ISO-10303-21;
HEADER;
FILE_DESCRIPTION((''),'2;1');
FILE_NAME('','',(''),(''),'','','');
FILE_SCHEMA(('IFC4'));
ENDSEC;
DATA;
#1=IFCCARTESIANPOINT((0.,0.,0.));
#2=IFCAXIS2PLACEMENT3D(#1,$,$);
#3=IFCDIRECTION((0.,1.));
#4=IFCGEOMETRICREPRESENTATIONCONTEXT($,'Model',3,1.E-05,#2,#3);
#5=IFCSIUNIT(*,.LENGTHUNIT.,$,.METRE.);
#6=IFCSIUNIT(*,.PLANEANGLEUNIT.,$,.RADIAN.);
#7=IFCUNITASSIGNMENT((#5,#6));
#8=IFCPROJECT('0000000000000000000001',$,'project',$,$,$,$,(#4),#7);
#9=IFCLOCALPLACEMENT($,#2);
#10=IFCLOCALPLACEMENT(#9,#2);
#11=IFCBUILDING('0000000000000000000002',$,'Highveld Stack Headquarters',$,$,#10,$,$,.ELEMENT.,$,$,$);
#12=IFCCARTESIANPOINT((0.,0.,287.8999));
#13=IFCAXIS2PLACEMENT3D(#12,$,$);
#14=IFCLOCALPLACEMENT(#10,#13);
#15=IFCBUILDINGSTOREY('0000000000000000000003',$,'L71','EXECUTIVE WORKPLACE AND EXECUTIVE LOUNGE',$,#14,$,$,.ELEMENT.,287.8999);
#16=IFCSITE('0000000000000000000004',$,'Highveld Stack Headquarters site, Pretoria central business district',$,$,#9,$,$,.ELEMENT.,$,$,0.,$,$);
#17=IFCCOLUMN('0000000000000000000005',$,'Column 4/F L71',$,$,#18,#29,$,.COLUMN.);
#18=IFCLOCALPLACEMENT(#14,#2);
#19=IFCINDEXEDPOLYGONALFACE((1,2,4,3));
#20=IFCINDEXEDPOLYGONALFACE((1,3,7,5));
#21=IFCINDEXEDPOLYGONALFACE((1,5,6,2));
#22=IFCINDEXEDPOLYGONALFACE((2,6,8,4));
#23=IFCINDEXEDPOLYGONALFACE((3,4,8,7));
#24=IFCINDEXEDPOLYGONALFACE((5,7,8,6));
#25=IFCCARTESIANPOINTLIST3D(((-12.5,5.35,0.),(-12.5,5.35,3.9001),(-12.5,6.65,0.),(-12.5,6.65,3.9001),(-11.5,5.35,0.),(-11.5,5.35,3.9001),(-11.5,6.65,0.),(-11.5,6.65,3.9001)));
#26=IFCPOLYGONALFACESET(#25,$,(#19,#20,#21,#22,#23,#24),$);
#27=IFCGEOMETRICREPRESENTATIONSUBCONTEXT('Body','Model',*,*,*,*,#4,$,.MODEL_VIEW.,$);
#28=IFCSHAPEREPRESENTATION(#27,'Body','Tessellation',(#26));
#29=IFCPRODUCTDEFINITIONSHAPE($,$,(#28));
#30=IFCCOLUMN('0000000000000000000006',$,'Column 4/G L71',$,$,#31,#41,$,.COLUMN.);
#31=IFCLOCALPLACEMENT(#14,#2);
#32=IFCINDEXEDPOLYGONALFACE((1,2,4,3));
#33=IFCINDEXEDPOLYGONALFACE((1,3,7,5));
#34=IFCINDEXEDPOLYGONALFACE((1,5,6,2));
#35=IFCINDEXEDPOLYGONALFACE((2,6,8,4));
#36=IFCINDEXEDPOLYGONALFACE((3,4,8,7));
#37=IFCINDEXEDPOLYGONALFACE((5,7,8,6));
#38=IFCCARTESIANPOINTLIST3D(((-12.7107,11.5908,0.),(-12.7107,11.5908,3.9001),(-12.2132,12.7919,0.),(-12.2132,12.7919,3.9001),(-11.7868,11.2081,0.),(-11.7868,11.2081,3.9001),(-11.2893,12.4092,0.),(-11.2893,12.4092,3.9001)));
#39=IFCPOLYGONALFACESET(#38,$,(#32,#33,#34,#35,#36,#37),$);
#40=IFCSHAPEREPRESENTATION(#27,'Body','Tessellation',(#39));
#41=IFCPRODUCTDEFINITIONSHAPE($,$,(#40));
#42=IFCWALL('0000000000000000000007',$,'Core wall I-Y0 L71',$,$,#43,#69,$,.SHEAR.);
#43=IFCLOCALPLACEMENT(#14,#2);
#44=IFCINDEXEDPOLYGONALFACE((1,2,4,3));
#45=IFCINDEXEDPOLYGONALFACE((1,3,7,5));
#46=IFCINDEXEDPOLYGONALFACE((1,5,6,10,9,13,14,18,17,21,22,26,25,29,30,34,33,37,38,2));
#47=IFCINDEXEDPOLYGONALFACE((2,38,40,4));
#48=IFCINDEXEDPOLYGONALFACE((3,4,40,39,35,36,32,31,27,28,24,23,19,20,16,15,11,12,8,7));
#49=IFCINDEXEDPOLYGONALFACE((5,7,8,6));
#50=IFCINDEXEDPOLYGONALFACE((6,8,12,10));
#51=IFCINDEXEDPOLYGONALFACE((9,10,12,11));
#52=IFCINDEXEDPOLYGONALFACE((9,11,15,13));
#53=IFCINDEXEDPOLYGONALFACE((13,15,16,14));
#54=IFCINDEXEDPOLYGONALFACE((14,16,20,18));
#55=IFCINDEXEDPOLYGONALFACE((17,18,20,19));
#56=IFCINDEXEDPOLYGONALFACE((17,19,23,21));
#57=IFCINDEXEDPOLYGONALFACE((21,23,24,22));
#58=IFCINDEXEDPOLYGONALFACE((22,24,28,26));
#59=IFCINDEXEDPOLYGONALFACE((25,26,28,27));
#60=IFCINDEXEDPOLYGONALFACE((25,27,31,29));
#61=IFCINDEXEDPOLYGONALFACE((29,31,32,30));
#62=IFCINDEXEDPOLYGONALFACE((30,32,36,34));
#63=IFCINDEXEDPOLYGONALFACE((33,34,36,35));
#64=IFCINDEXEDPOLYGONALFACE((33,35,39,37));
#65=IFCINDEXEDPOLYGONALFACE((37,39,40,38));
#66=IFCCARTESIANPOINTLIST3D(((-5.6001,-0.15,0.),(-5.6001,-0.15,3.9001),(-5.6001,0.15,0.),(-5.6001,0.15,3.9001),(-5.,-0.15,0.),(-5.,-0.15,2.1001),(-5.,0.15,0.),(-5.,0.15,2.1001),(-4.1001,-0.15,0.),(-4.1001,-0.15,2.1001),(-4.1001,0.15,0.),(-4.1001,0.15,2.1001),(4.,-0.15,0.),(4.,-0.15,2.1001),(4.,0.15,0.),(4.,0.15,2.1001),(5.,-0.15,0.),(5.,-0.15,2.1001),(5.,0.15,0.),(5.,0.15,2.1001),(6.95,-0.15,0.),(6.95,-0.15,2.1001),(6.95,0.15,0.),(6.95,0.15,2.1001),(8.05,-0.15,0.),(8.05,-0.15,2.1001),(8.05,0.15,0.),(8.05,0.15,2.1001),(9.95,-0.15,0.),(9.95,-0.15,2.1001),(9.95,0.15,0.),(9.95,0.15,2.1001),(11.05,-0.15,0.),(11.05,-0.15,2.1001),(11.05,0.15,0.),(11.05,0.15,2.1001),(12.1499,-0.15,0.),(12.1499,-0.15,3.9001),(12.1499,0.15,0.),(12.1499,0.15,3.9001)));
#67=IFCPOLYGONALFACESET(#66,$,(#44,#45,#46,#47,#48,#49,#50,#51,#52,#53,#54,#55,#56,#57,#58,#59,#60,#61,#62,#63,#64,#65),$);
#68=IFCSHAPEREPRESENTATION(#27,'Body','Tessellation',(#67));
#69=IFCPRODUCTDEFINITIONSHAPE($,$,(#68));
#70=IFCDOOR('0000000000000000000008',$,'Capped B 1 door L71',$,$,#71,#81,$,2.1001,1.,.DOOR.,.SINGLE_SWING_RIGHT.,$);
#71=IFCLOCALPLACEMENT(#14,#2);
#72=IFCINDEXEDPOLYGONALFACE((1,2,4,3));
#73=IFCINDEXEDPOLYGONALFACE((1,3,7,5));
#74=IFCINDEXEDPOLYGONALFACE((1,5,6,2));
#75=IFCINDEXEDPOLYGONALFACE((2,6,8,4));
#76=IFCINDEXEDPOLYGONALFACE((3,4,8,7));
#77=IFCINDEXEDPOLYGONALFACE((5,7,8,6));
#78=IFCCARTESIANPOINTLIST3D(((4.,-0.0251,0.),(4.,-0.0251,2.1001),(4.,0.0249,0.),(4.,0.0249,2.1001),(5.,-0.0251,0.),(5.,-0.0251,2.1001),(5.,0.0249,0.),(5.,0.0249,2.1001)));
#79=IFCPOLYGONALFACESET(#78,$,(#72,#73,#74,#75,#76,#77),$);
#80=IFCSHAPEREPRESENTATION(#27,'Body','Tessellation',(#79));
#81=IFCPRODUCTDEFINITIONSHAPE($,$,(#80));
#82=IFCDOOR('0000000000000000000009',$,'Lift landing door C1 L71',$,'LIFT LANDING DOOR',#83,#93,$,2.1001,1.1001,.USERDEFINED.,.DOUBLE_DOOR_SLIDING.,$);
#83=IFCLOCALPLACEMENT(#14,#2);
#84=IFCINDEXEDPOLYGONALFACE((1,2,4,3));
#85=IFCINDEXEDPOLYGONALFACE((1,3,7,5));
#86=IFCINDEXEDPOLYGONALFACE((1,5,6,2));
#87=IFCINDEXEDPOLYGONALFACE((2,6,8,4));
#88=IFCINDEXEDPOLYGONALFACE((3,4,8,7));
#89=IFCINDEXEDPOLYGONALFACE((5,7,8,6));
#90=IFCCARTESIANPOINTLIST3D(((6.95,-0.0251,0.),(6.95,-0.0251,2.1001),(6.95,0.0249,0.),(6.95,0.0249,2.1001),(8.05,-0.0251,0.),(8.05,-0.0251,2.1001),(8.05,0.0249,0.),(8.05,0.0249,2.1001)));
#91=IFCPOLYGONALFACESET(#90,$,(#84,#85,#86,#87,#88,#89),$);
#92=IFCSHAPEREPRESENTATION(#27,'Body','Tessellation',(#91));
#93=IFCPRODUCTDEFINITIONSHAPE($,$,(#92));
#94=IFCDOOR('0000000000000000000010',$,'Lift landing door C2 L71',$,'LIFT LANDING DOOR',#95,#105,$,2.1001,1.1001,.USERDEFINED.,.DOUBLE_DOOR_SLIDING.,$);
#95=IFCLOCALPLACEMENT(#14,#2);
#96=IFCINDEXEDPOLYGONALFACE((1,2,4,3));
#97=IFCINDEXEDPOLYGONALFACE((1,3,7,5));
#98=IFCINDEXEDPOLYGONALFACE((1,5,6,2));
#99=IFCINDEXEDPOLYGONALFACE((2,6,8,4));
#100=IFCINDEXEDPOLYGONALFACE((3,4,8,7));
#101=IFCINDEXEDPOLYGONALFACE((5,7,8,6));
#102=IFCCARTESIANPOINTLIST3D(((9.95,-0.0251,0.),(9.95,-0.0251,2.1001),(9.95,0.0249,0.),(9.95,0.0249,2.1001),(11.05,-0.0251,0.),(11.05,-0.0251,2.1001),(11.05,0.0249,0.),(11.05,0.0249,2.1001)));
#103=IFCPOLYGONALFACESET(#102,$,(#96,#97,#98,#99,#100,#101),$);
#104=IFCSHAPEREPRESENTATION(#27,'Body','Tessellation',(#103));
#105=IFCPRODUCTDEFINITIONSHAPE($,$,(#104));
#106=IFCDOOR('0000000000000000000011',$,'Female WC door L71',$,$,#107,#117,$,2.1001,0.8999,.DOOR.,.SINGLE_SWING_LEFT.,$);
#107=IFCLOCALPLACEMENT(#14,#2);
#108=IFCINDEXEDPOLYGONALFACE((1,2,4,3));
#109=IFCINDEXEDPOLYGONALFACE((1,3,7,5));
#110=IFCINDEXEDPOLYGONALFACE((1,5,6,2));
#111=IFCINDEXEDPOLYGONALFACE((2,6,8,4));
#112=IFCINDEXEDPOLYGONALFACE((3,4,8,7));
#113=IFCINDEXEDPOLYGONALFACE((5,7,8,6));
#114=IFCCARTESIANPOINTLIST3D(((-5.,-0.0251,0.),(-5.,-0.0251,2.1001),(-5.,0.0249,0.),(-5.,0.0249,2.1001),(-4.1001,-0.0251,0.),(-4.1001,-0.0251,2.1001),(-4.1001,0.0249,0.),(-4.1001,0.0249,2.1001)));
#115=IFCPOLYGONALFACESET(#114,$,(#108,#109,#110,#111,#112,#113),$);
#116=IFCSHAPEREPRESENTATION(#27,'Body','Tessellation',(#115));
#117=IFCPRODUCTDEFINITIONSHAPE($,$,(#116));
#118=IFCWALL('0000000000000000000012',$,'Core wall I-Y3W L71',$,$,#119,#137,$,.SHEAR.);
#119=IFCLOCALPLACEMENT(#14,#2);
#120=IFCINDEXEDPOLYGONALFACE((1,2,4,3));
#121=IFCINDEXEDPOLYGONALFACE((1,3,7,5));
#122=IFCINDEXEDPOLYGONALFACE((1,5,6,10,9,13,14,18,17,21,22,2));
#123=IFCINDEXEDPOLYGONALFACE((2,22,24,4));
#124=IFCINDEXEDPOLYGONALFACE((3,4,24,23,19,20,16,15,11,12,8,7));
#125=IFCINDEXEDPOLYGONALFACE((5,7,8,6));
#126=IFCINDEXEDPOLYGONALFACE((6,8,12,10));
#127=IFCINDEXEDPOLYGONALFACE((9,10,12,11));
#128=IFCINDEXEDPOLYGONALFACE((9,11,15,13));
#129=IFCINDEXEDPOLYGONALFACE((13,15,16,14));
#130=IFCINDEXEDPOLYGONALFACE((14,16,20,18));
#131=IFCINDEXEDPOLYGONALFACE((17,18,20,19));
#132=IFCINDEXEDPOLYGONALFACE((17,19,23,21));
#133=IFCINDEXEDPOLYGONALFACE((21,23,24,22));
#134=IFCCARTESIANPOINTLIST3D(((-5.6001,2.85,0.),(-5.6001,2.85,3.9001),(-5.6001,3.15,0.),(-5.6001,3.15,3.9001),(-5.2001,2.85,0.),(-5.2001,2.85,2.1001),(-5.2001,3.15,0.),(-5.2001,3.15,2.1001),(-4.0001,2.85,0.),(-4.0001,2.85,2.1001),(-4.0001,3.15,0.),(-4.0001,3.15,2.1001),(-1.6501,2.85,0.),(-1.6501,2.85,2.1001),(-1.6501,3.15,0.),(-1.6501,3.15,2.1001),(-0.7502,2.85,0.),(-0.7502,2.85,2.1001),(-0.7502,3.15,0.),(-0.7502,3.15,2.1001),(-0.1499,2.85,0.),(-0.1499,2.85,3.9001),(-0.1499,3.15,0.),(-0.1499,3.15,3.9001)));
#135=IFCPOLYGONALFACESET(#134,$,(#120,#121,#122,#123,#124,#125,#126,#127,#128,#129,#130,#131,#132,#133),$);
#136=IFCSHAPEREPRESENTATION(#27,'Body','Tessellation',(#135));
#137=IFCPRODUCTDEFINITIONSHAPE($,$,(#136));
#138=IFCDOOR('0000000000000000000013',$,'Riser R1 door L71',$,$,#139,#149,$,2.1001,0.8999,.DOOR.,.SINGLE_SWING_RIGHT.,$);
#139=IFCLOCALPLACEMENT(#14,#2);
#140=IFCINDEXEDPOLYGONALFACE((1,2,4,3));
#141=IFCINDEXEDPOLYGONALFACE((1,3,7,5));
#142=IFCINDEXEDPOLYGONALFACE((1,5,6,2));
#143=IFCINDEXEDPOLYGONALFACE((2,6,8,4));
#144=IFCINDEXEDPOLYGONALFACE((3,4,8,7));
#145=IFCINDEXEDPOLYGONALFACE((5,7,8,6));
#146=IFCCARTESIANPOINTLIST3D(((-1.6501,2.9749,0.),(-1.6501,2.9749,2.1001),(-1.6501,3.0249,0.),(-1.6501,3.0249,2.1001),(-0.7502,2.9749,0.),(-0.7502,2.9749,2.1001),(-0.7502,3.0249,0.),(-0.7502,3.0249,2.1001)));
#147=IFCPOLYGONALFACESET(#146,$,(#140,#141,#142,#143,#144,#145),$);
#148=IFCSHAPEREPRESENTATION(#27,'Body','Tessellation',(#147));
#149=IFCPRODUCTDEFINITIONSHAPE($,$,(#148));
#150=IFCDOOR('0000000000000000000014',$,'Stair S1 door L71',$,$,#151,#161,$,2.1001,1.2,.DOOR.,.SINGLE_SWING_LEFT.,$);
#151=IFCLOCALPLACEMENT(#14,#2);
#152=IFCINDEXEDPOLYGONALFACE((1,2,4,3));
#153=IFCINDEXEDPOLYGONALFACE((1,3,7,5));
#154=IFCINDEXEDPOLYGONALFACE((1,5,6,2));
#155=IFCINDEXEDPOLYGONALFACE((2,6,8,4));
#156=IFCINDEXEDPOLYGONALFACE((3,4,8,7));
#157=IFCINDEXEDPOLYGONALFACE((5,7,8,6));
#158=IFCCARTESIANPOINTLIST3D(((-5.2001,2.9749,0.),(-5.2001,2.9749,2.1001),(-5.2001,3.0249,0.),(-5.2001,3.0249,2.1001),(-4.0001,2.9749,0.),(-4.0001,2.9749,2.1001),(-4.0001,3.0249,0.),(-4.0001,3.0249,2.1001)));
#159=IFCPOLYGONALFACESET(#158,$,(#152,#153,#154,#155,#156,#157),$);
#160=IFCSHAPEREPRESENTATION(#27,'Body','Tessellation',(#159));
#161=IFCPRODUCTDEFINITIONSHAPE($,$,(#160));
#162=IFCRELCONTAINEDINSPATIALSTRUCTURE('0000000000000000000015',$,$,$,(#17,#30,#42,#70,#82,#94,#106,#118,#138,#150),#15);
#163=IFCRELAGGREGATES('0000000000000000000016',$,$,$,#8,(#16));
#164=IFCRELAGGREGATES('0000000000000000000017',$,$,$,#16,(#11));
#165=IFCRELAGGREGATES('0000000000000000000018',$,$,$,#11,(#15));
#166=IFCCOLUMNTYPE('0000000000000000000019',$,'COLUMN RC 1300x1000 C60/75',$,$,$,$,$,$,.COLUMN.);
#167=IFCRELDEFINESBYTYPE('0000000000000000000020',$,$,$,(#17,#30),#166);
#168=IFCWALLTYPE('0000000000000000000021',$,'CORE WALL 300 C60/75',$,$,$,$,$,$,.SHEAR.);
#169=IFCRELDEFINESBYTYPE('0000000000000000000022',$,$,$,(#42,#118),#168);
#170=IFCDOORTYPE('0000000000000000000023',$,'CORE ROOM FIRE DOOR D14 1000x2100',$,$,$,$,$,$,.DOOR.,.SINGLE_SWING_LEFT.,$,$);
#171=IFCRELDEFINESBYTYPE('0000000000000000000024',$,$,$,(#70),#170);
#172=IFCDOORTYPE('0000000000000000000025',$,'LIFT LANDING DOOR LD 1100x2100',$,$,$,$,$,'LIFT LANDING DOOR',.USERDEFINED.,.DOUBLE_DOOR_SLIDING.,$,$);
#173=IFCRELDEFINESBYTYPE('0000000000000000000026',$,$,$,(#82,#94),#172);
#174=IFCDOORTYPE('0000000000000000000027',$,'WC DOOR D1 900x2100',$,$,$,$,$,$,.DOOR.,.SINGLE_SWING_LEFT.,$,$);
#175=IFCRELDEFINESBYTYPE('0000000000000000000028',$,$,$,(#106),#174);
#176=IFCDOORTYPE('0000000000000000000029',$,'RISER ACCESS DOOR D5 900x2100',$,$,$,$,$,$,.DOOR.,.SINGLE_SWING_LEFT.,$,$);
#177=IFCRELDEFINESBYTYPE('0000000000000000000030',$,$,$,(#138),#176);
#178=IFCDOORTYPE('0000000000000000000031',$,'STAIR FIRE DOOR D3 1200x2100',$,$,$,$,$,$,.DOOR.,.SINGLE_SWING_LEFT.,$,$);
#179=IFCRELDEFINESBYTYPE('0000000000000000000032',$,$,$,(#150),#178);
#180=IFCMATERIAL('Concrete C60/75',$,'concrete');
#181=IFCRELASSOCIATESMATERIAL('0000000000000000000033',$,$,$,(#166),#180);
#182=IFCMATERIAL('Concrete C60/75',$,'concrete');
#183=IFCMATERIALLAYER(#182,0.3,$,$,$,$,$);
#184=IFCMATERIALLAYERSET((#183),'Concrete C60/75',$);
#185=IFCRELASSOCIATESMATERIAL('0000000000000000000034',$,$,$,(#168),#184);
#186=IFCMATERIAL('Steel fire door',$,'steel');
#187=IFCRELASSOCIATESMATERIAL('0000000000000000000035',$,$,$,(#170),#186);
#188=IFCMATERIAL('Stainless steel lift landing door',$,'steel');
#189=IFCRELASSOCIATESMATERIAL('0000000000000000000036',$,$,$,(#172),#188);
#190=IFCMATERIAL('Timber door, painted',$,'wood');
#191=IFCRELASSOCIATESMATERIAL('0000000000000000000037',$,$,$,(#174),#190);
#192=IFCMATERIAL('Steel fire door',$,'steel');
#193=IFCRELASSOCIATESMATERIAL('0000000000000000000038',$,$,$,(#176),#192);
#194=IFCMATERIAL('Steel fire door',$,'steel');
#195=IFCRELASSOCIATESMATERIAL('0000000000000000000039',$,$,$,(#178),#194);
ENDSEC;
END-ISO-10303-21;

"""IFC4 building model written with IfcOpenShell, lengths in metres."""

from ifc_helpers import new_model, si_unit, direction, frame, frame_2d, origin, origin_2d, place, context, subcontext, project, spatial, rectangle, extrude, material, layer, layer_set, material_profile, profile_set, type_object, element, fill, save


model = new_model("IFC4")

# Units and contexts
model_context = context("Model", 3, precision=1e-05, world=origin(), true_north=direction((0.0, 1.0)))
body_context = subcontext(model_context, "Body", "Model", "MODEL_VIEW")
ifc_project = project(units=[si_unit("LENGTHUNIT", "METRE"), si_unit("PLANEANGLEUNIT", "RADIAN")], contexts=[model_context])

# Site, building, storey
site_placement = place(None, origin())
site = spatial("IfcSite", under=ifc_project, at=site_placement, Name="Highveld Stack Headquarters site, Pretoria central business district", CompositionType="ELEMENT", RefElevation=0.0)
building_placement = place(site_placement, origin())
building = spatial("IfcBuilding", under=site, at=building_placement, Name="Highveld Stack Headquarters", CompositionType="ELEMENT")
storey_placement = place(building_placement, frame((0.0, 0.0, 287.8999)))
storey = spatial("IfcBuildingStorey", under=building, at=storey_placement, Name="L71", Description="EXECUTIVE WORKPLACE AND EXECUTIVE LOUNGE", CompositionType="ELEMENT", Elevation=287.8999)

# Columns
ifc_material_1 = material(Name="Concrete C60/75", Category="concrete")
ifc_material_profile = material_profile(ifc_material_1, rectangle(XDim=1.3, YDim=1.0, at=origin_2d()), Name="RC 1300x1000")
ifc_profile_set = profile_set([ifc_material_profile], Name="Concrete C60/75")
column_type = type_object("IfcColumnType", Name="COLUMN RC 1300x1000 C60/75", PredefinedType="COLUMN", material=ifc_profile_set)
for number, where, z_axis, x_axis, name in (
    (1, (-12.0, 6.0, 0.0), (0.0, 0.0, 1.0), (0.0, 1.0, 0.0), "Column 4/F L71"),
    (2, (-12.0, 12.0, 0.0), (0.0, 0.0, 1.0), (0.382683, 0.92388, 0.0), "Column 4/G L71"),
):
    element("IfcColumn", number, at=place(storey_placement, frame(where, z_axis=z_axis, x_axis=x_axis)), inside=storey, type_object=column_type, Name=name, PredefinedType="COLUMN", context=body_context, shape_type="SweptSolid", body=[
        extrude(rectangle(XDim=1.3, YDim=1.0, at=origin_2d()), origin(), (0.0, 0.0, 1.0), 3.9001),
    ])

# Walls, openings, doors
ifc_material_2 = material(Name="Concrete C60/75", Category="concrete")
ifc_layer = layer(ifc_material_2, 0.3)
ifc_layer_set = layer_set([ifc_layer], Name="Concrete C60/75")
wall_type = type_object("IfcWallType", Name="CORE WALL 300 C60/75", PredefinedType="SHEAR", material=ifc_layer_set)
wall_1_placement = place(storey_placement, frame((-5.6001, 0.0, 0.0), z_axis=(0.0, 0.0, 1.0), x_axis=(1.0, 0.0, 0.0)))
wall_1 = element("IfcWall", 3, at=wall_1_placement, inside=storey, type_object=wall_type, Name="Core wall I-Y0 L71", PredefinedType="SHEAR", context=body_context, shape_type="SweptSolid", body=[
    extrude(rectangle(XDim=17.75, YDim=0.3, at=frame_2d((8.875, 0.0))), origin(), (0.0, 0.0, 1.0), 3.9001),
])
opening_1_placement = place(wall_1_placement, frame((0.6001, 0.0, 0.0)))
opening_1 = element("IfcOpeningElement", 4, at=opening_1_placement, cuts=wall_1, PredefinedType="OPENING", context=body_context, shape_type="SweptSolid", body=[
    extrude(rectangle(XDim=0.8999, YDim=2.1001, at=frame_2d((0.45, 1.05))), frame((0.0, 0.1599, 0.0), z_axis=(0.0, -1.0, 0.0), x_axis=(1.0, 0.0, 0.0)), (0.0, 0.0, 1.0), 0.3201),
])
opening_2_placement = place(wall_1_placement, frame((9.6001, 0.0, 0.0)))
opening_2 = element("IfcOpeningElement", 5, at=opening_2_placement, cuts=wall_1, PredefinedType="OPENING", context=body_context, shape_type="SweptSolid", body=[
    extrude(rectangle(XDim=1.0, YDim=2.1001, at=frame_2d((0.5, 1.05))), frame((0.0, 0.1599, 0.0), z_axis=(0.0, -1.0, 0.0), x_axis=(1.0, 0.0, 0.0)), (0.0, 0.0, 1.0), 0.3201),
])
opening_3_placement = place(wall_1_placement, frame((12.55, 0.0, 0.0)))
opening_3 = element("IfcOpeningElement", 6, at=opening_3_placement, cuts=wall_1, PredefinedType="OPENING", context=body_context, shape_type="SweptSolid", body=[
    extrude(rectangle(XDim=1.1001, YDim=2.1001, at=frame_2d((0.55, 1.05))), frame((0.0, 0.1599, 0.0), z_axis=(0.0, -1.0, 0.0), x_axis=(1.0, 0.0, 0.0)), (0.0, 0.0, 1.0), 0.3201),
])
opening_4_placement = place(wall_1_placement, frame((15.55, 0.0, 0.0)))
opening_4 = element("IfcOpeningElement", 7, at=opening_4_placement, cuts=wall_1, PredefinedType="OPENING", context=body_context, shape_type="SweptSolid", body=[
    extrude(rectangle(XDim=1.1001, YDim=2.1001, at=frame_2d((0.55, 1.05))), frame((0.0, 0.1599, 0.0), z_axis=(0.0, -1.0, 0.0), x_axis=(1.0, 0.0, 0.0)), (0.0, 0.0, 1.0), 0.3201),
])
ifc_material_3 = material(Name="Steel fire door", Category="steel")
door_type_1 = type_object("IfcDoorType", Name="CORE ROOM FIRE DOOR D14 1000x2100", OperationType="SINGLE_SWING_LEFT", PredefinedType="DOOR", material=ifc_material_3)
door_1_placement = place(opening_2_placement, origin())
door_1 = element("IfcDoor", 8, at=door_1_placement, inside=storey, type_object=door_type_1, Name="Capped B 1 door L71", OperationType="SINGLE_SWING_RIGHT", OverallHeight=2.1001, OverallWidth=1.0, PredefinedType="DOOR", context=body_context, shape_type="SweptSolid", body=[
    extrude(rectangle(XDim=1.0, YDim=2.1001, at=frame_2d((0.5, 1.05))), frame((0.0, 0.0249, 0.0), z_axis=(0.0, -1.0, 0.0), x_axis=(1.0, 0.0, 0.0)), (0.0, 0.0, 1.0), 0.05),
])
fill(opening_2, door_1)
ifc_material_4 = material(Name="Stainless steel lift landing door", Category="steel")
door_type_2 = type_object("IfcDoorType", Name="LIFT LANDING DOOR LD 1100x2100", ElementType="LIFT LANDING DOOR", OperationType="DOUBLE_DOOR_SLIDING", PredefinedType="USERDEFINED", material=ifc_material_4)
door_2_placement = place(opening_3_placement, origin())
door_2 = element("IfcDoor", 9, at=door_2_placement, inside=storey, type_object=door_type_2, Name="Lift landing door C1 L71", ObjectType="LIFT LANDING DOOR", OperationType="DOUBLE_DOOR_SLIDING", OverallHeight=2.1001, OverallWidth=1.1001, PredefinedType="USERDEFINED", context=body_context, shape_type="SweptSolid", body=[
    extrude(rectangle(XDim=1.1001, YDim=2.1001, at=frame_2d((0.55, 1.05))), frame((0.0, 0.0249, 0.0), z_axis=(0.0, -1.0, 0.0), x_axis=(1.0, 0.0, 0.0)), (0.0, 0.0, 1.0), 0.05),
])
fill(opening_3, door_2)
door_3_placement = place(opening_4_placement, origin())
door_3 = element("IfcDoor", 10, at=door_3_placement, inside=storey, type_object=door_type_2, Name="Lift landing door C2 L71", ObjectType="LIFT LANDING DOOR", OperationType="DOUBLE_DOOR_SLIDING", OverallHeight=2.1001, OverallWidth=1.1001, PredefinedType="USERDEFINED", context=body_context, shape_type="SweptSolid", body=[
    extrude(rectangle(XDim=1.1001, YDim=2.1001, at=frame_2d((0.55, 1.05))), frame((0.0, 0.0249, 0.0), z_axis=(0.0, -1.0, 0.0), x_axis=(1.0, 0.0, 0.0)), (0.0, 0.0, 1.0), 0.05),
])
fill(opening_4, door_3)
ifc_material_5 = material(Name="Timber door, painted", Category="wood")
door_type_3 = type_object("IfcDoorType", Name="WC DOOR D1 900x2100", OperationType="SINGLE_SWING_LEFT", PredefinedType="DOOR", material=ifc_material_5)
door_4_placement = place(opening_1_placement, origin())
door_4 = element("IfcDoor", 11, at=door_4_placement, inside=storey, type_object=door_type_3, Name="Female WC door L71", OperationType="SINGLE_SWING_LEFT", OverallHeight=2.1001, OverallWidth=0.8999, PredefinedType="DOOR", context=body_context, shape_type="SweptSolid", body=[
    extrude(rectangle(XDim=0.8999, YDim=2.1001, at=frame_2d((0.45, 1.05))), frame((0.0, 0.0249, 0.0), z_axis=(0.0, -1.0, 0.0), x_axis=(1.0, 0.0, 0.0)), (0.0, 0.0, 1.0), 0.05),
])
fill(opening_1, door_4)
wall_2_placement = place(storey_placement, frame((-5.6001, 3.0, 0.0), z_axis=(0.0, 0.0, 1.0), x_axis=(1.0, 0.0, 0.0)))
wall_2 = element("IfcWall", 12, at=wall_2_placement, inside=storey, type_object=wall_type, Name="Core wall I-Y3W L71", PredefinedType="SHEAR", context=body_context, shape_type="SweptSolid", body=[
    extrude(rectangle(XDim=5.4502, YDim=0.3, at=frame_2d((2.7251, 0.0))), origin(), (0.0, 0.0, 1.0), 3.9001),
])
opening_5_placement = place(wall_2_placement, frame((0.3999, 0.0, 0.0)))
opening_5 = element("IfcOpeningElement", 13, at=opening_5_placement, cuts=wall_2, PredefinedType="OPENING", context=body_context, shape_type="SweptSolid", body=[
    extrude(rectangle(XDim=1.2, YDim=2.1001, at=frame_2d((0.6001, 1.05))), frame((0.0, 0.1599, 0.0), z_axis=(0.0, -1.0, 0.0), x_axis=(1.0, 0.0, 0.0)), (0.0, 0.0, 1.0), 0.3201),
])
opening_6_placement = place(wall_2_placement, frame((3.95, 0.0, 0.0)))
opening_6 = element("IfcOpeningElement", 14, at=opening_6_placement, cuts=wall_2, PredefinedType="OPENING", context=body_context, shape_type="SweptSolid", body=[
    extrude(rectangle(XDim=0.8999, YDim=2.1001, at=frame_2d((0.45, 1.05))), frame((0.0, 0.1599, 0.0), z_axis=(0.0, -1.0, 0.0), x_axis=(1.0, 0.0, 0.0)), (0.0, 0.0, 1.0), 0.3201),
])
ifc_material_6 = material(Name="Steel fire door", Category="steel")
door_type_4 = type_object("IfcDoorType", Name="RISER ACCESS DOOR D5 900x2100", OperationType="SINGLE_SWING_LEFT", PredefinedType="DOOR", material=ifc_material_6)
door_5_placement = place(opening_6_placement, origin())
door_5 = element("IfcDoor", 15, at=door_5_placement, inside=storey, type_object=door_type_4, Name="Riser R1 door L71", OperationType="SINGLE_SWING_RIGHT", OverallHeight=2.1001, OverallWidth=0.8999, PredefinedType="DOOR", context=body_context, shape_type="SweptSolid", body=[
    extrude(rectangle(XDim=0.8999, YDim=2.1001, at=frame_2d((0.45, 1.05))), frame((0.0, 0.0249, 0.0), z_axis=(0.0, -1.0, 0.0), x_axis=(1.0, 0.0, 0.0)), (0.0, 0.0, 1.0), 0.05),
])
fill(opening_6, door_5)
ifc_material_7 = material(Name="Steel fire door", Category="steel")
door_type_5 = type_object("IfcDoorType", Name="STAIR FIRE DOOR D3 1200x2100", OperationType="SINGLE_SWING_LEFT", PredefinedType="DOOR", material=ifc_material_7)
door_6_placement = place(opening_5_placement, origin())
door_6 = element("IfcDoor", 16, at=door_6_placement, inside=storey, type_object=door_type_5, Name="Stair S1 door L71", OperationType="SINGLE_SWING_LEFT", OverallHeight=2.1001, OverallWidth=1.2, PredefinedType="DOOR", context=body_context, shape_type="SweptSolid", body=[
    extrude(rectangle(XDim=1.2, YDim=2.1001, at=frame_2d((0.6001, 1.05))), frame((0.0, 0.0249, 0.0), z_axis=(0.0, -1.0, 0.0), x_axis=(1.0, 0.0, 0.0)), (0.0, 0.0, 1.0), 0.05),
])
fill(opening_5, door_6)

save(model, "model.ifc")
